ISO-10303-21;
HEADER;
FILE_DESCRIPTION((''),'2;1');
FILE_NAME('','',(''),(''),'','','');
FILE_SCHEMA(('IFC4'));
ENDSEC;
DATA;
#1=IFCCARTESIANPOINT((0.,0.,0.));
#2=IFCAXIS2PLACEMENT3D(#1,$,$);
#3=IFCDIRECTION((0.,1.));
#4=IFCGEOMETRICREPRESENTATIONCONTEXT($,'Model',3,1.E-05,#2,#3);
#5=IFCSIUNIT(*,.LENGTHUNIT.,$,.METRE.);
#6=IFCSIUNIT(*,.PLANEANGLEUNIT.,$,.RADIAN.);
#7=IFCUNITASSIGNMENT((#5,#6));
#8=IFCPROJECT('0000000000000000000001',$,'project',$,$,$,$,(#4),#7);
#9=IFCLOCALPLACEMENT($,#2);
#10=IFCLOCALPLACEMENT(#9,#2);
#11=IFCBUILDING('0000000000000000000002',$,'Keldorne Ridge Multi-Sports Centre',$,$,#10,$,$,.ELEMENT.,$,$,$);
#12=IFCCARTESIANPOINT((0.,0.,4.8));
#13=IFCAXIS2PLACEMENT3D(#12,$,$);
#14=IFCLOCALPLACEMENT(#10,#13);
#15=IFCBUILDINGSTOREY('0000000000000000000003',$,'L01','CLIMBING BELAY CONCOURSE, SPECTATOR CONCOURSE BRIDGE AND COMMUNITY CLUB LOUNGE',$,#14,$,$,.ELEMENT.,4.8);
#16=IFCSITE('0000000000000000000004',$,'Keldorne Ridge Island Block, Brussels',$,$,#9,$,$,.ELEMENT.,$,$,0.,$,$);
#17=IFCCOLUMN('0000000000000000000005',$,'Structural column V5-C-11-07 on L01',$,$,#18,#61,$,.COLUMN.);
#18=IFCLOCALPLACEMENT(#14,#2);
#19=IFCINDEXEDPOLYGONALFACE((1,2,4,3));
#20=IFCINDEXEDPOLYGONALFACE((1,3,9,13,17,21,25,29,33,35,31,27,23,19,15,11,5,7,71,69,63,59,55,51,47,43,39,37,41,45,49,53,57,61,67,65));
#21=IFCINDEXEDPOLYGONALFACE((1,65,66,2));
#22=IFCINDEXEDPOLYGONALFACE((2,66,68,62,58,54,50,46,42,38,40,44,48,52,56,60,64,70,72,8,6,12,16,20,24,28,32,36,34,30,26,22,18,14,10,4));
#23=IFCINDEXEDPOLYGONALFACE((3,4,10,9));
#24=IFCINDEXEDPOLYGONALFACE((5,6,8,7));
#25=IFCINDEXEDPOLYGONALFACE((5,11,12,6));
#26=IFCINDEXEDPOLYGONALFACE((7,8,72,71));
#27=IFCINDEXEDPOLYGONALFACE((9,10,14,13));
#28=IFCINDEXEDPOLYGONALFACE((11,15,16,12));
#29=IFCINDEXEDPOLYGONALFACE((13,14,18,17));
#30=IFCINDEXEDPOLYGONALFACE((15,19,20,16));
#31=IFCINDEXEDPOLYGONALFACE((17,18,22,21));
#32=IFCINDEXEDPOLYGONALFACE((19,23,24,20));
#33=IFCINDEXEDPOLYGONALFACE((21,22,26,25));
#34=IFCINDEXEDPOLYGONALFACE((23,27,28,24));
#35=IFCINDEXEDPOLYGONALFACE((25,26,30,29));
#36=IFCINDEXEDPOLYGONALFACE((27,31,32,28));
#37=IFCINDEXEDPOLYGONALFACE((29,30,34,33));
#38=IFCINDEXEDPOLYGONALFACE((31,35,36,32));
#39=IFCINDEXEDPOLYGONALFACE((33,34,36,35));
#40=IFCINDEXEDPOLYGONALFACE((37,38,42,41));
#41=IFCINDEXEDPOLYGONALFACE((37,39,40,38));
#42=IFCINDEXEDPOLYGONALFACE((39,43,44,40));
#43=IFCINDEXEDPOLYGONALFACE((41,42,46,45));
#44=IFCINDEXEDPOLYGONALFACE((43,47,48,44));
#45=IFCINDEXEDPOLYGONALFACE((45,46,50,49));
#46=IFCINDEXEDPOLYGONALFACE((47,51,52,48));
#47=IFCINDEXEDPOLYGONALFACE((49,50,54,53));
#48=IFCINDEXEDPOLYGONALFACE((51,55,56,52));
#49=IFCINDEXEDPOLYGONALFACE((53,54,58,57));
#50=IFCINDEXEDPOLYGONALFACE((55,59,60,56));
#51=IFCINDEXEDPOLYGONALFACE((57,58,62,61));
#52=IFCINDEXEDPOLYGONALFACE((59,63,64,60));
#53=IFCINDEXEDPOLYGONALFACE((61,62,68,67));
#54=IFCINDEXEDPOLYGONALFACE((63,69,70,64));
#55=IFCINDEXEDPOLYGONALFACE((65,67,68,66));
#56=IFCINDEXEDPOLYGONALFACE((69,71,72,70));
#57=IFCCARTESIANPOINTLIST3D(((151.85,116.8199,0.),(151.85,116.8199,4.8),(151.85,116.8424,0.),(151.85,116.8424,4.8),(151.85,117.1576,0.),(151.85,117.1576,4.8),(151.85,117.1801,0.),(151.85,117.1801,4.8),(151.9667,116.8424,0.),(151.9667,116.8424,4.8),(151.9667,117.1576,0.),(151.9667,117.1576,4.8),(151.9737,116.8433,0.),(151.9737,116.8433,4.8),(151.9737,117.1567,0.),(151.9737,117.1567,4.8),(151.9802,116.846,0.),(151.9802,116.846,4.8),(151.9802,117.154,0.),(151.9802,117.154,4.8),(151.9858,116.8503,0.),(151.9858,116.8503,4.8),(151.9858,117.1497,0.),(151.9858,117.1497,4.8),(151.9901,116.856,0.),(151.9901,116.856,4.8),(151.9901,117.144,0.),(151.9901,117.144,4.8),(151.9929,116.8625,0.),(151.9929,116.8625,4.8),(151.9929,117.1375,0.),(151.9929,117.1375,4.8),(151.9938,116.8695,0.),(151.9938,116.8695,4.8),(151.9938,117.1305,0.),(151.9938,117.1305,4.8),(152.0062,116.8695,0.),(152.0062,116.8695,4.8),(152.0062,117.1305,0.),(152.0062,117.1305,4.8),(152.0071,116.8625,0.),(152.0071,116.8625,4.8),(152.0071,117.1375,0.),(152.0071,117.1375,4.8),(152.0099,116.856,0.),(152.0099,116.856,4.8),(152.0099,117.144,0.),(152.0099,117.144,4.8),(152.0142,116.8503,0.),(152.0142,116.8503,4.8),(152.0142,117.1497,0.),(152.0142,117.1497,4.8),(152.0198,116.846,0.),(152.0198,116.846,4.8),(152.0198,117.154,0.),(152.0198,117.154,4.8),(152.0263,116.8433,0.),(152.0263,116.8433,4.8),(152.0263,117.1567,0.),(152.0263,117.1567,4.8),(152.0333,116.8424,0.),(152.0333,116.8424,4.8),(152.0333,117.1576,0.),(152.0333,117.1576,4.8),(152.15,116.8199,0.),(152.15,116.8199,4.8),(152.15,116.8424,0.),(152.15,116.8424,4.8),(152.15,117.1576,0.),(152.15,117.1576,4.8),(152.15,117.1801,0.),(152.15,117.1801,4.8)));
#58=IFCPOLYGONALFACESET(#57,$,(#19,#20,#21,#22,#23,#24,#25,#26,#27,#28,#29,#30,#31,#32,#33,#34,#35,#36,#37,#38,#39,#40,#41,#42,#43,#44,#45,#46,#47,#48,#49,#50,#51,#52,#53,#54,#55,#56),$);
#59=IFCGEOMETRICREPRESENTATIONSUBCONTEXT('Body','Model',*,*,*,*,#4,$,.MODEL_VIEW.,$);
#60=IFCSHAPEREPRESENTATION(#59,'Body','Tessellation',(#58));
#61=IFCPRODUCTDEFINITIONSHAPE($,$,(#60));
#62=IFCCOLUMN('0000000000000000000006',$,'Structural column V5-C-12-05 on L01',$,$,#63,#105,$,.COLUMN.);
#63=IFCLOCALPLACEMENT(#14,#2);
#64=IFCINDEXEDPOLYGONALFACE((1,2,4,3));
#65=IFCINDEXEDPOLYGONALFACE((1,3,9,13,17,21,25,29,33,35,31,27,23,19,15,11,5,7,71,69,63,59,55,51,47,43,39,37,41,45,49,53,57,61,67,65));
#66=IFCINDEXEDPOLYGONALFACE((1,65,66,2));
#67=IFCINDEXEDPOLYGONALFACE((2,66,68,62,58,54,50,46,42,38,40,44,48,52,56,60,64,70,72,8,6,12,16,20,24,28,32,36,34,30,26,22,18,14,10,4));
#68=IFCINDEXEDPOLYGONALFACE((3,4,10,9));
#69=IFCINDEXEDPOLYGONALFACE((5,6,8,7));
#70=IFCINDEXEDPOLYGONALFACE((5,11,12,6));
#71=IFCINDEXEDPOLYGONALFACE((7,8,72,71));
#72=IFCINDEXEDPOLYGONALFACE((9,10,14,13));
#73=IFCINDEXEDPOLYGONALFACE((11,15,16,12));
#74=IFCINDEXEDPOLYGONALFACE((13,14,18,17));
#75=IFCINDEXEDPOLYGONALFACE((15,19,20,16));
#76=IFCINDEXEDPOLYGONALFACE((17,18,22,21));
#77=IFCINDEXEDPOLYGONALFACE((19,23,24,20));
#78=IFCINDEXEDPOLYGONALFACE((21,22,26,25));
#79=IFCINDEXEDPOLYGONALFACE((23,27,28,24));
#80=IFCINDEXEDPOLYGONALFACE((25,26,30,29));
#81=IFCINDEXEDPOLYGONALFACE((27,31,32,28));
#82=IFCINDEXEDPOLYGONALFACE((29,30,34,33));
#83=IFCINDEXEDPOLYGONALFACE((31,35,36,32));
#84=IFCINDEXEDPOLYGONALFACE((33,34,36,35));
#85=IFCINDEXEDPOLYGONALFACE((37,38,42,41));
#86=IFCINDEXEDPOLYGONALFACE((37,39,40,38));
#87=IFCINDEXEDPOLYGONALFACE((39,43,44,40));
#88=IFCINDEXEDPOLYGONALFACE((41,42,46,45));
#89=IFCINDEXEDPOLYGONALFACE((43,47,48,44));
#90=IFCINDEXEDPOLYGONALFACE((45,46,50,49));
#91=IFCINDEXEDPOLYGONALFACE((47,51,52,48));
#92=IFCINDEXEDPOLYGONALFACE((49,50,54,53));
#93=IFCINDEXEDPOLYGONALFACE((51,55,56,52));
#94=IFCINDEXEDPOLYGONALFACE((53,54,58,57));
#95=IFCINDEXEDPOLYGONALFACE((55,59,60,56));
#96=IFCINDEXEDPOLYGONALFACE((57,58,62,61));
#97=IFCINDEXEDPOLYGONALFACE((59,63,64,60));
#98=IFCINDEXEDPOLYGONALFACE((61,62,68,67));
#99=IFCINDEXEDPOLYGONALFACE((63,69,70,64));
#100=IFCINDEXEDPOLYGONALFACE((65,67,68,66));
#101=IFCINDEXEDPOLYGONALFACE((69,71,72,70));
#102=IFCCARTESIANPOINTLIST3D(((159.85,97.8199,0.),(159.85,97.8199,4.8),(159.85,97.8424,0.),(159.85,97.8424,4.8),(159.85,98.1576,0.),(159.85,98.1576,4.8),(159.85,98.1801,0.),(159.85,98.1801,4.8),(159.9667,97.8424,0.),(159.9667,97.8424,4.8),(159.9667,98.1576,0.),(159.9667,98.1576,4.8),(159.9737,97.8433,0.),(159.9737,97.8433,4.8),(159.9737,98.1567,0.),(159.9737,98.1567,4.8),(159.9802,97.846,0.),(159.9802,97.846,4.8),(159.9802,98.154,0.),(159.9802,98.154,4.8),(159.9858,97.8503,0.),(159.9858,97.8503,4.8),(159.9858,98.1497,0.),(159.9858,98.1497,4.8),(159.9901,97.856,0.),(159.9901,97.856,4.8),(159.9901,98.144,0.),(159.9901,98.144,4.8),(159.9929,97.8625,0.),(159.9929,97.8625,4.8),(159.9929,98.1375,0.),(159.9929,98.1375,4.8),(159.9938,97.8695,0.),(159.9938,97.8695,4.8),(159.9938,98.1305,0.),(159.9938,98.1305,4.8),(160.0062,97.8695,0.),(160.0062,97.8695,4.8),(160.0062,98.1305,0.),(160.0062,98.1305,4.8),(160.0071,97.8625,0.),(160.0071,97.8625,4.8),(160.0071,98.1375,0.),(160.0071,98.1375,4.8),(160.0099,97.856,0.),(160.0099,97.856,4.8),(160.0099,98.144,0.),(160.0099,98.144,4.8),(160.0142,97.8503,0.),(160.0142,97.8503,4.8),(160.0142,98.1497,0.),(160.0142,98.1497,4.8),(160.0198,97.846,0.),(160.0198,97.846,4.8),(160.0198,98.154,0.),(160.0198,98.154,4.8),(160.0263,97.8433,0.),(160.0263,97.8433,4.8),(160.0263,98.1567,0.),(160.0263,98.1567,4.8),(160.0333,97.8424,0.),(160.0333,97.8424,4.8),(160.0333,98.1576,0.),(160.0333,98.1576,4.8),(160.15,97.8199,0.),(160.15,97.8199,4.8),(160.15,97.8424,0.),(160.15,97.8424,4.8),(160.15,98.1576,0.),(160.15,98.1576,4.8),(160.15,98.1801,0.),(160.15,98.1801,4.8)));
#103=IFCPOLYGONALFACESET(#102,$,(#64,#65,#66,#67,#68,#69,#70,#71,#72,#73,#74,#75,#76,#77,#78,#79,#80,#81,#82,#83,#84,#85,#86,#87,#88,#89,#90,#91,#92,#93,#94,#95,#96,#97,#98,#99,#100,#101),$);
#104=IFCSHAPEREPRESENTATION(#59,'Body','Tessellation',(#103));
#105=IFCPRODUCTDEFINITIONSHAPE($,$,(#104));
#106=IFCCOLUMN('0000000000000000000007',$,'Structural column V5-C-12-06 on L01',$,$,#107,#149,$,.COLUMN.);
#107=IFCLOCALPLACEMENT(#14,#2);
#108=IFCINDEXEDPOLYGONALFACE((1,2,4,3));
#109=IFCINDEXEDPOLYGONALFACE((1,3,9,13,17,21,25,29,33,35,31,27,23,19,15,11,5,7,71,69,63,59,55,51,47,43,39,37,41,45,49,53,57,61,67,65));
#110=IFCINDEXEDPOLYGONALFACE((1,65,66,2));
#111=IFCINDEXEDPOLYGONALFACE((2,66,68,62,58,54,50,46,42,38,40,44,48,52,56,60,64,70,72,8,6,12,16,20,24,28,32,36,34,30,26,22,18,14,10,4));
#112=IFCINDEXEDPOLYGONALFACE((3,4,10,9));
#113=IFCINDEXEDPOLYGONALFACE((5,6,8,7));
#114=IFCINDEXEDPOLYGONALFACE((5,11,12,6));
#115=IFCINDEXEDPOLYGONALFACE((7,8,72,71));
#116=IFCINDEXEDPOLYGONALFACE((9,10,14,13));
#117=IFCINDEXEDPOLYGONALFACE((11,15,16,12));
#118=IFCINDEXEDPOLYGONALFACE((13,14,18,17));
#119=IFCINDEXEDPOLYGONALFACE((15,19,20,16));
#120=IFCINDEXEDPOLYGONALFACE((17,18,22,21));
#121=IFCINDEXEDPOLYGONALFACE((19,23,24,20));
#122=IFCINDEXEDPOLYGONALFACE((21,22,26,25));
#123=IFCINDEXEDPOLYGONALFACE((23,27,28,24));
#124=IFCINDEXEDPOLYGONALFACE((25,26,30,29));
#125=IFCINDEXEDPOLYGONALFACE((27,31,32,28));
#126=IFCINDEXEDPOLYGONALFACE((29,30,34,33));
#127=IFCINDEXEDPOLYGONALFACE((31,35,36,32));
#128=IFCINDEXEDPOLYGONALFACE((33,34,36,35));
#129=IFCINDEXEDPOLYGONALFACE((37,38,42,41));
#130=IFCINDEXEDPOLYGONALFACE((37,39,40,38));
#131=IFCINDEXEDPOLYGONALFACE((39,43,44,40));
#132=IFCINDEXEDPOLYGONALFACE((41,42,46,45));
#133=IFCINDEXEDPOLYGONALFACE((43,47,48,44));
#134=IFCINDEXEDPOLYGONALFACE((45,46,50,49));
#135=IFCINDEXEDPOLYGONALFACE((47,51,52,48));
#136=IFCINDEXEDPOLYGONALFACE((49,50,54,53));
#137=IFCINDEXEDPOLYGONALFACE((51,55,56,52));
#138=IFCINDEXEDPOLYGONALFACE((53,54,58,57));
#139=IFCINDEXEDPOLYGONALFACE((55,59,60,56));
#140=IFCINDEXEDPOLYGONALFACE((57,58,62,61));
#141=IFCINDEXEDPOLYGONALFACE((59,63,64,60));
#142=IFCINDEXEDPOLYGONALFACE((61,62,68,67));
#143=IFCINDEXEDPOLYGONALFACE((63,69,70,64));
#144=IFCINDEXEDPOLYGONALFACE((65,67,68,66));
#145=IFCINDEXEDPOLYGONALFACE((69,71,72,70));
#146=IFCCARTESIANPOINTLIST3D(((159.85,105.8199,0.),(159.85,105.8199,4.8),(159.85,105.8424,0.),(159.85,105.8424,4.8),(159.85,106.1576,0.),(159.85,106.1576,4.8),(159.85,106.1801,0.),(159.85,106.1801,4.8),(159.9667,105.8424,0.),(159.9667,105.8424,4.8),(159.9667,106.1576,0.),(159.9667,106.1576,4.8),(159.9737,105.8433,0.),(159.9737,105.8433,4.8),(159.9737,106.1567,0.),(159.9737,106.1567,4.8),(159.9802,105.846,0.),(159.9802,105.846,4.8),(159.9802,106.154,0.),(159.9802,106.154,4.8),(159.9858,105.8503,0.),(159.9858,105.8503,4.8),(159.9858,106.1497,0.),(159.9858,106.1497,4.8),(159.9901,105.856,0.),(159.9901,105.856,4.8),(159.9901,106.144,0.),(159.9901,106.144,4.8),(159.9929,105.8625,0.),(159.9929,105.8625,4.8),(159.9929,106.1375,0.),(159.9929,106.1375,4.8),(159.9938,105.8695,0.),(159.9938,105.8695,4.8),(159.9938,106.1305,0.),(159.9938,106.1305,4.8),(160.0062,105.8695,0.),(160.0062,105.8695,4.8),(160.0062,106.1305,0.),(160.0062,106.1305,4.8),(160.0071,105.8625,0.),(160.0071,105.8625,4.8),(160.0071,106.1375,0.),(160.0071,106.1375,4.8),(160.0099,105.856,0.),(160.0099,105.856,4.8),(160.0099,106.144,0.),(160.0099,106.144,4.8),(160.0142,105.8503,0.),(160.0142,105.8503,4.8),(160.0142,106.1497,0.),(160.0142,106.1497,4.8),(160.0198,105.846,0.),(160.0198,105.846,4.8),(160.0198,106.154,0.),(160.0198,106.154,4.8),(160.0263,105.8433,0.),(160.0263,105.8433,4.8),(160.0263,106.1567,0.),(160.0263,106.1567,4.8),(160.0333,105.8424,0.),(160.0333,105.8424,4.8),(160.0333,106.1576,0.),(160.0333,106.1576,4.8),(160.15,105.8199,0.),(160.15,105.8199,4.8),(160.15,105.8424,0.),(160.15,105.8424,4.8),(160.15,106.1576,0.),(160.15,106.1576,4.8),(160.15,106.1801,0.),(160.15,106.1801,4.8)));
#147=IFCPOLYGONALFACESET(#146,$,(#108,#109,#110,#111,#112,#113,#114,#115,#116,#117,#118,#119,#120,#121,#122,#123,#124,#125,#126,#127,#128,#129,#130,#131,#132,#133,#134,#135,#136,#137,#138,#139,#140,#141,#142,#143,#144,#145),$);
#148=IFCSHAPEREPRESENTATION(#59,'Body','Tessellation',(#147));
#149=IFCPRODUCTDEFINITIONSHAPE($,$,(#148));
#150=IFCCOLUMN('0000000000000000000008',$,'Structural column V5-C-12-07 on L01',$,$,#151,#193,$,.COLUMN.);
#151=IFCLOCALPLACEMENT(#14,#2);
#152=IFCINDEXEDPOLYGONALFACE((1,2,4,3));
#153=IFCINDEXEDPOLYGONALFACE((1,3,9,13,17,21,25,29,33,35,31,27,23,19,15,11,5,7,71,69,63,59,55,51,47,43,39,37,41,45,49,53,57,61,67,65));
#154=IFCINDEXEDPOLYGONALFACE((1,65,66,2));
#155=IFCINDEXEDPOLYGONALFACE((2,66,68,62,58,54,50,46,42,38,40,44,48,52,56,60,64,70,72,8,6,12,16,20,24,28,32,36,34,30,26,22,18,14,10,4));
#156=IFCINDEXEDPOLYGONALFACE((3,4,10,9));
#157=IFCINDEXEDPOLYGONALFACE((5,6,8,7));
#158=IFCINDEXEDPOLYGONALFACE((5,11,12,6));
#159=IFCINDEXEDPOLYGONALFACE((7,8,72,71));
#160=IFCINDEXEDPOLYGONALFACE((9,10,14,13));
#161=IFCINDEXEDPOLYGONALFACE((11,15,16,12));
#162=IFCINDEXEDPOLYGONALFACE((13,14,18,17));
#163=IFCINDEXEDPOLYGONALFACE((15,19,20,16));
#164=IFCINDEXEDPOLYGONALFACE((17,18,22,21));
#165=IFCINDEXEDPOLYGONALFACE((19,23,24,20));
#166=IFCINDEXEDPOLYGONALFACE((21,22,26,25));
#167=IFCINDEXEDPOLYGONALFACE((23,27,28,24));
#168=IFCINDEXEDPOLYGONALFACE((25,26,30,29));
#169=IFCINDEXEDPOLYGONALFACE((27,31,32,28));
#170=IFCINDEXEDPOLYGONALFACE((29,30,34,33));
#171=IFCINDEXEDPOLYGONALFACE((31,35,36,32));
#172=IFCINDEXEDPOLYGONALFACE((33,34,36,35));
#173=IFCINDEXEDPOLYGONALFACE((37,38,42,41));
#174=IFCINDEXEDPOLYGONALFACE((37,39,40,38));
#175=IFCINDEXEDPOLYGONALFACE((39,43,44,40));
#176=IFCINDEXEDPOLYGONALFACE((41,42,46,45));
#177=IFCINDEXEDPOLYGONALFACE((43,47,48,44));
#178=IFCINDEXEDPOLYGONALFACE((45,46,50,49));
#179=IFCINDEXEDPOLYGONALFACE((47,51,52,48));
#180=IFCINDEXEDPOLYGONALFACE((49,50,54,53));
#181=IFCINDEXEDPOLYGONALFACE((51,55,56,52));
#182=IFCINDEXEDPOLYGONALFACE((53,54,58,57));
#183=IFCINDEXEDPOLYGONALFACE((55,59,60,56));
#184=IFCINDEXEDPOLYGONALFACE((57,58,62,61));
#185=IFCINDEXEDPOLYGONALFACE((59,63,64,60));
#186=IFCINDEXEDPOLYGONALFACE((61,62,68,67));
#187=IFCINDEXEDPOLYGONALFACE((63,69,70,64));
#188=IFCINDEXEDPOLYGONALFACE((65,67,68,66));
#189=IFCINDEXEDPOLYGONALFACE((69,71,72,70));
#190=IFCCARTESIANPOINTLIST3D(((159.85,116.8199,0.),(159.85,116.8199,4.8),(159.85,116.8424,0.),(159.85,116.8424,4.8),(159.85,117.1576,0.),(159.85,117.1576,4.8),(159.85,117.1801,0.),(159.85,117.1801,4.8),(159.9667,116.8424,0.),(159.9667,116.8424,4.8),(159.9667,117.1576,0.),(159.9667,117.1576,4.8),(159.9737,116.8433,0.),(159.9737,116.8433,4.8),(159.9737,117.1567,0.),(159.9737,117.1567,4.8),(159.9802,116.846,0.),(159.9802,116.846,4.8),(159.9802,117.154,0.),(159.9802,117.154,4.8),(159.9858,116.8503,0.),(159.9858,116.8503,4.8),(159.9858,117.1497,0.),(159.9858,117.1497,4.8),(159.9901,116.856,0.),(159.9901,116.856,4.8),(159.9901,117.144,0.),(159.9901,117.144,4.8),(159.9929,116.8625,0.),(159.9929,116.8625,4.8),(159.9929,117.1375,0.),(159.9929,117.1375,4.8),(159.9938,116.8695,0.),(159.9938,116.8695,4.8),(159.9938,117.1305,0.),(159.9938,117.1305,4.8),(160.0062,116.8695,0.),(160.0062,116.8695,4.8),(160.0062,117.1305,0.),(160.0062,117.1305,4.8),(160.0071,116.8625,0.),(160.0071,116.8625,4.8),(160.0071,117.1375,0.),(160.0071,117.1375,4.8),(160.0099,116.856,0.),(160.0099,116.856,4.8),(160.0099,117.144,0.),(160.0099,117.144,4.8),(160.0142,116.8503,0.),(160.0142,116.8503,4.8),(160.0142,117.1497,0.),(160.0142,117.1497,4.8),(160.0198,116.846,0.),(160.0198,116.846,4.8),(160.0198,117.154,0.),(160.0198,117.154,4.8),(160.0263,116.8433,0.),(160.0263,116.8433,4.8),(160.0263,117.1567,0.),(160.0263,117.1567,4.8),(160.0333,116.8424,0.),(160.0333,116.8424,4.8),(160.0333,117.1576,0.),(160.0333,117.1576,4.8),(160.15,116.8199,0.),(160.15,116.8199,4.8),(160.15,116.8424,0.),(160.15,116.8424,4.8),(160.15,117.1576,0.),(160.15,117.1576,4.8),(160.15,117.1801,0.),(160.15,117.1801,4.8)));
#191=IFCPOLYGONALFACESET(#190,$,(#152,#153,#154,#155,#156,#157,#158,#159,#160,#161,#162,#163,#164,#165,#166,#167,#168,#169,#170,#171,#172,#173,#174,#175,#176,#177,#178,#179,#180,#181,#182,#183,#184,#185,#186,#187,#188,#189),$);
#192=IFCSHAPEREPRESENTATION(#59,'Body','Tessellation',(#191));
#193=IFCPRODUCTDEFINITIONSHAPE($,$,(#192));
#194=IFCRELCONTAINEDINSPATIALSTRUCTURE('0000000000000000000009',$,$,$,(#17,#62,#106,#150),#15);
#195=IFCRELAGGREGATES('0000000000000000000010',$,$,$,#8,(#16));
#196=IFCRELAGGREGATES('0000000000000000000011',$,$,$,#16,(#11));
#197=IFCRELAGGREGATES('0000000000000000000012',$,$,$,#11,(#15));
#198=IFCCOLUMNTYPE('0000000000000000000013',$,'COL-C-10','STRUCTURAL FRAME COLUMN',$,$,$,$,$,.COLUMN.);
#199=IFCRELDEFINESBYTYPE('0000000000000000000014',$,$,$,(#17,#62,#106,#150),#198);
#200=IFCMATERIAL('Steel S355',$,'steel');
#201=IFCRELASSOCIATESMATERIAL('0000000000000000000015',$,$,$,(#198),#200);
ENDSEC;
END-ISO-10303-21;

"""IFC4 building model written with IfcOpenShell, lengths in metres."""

from ifc_helpers import new_model, si_unit, direction, frame, origin, origin_2d, place, context, subcontext, project, spatial, i_section, extrude, material, material_profile, profile_set, type_object, element, save


model = new_model("IFC4")

# Units and contexts
model_context = context("Model", 3, precision=1e-05, world=origin(), true_north=direction((0.0, 1.0)))
body_context = subcontext(model_context, "Body", "Model", "MODEL_VIEW")
ifc_project = project(units=[si_unit("LENGTHUNIT", "METRE"), si_unit("PLANEANGLEUNIT", "RADIAN")], contexts=[model_context])

# Site, building, storey
site_placement = place(None, origin())
site = spatial("IfcSite", under=ifc_project, at=site_placement, Name="Keldorne Ridge Island Block, Brussels", CompositionType="ELEMENT", RefElevation=0.0)
building_placement = place(site_placement, origin())
building = spatial("IfcBuilding", under=site, at=building_placement, Name="Keldorne Ridge Multi-Sports Centre", CompositionType="ELEMENT")
storey_placement = place(building_placement, frame((0.0, 0.0, 4.8)))
storey = spatial("IfcBuildingStorey", under=building, at=storey_placement, Name="L01", Description="CLIMBING BELAY CONCOURSE, SPECTATOR CONCOURSE BRIDGE AND COMMUNITY CLUB LOUNGE", CompositionType="ELEMENT", Elevation=4.8)

# Columns
ifc_material_1 = material(Name="Steel S355", Category="steel")
ifc_material_profile_1 = material_profile(ifc_material_1, i_section(OverallWidth=0.3, OverallDepth=0.3601, WebThickness=0.0125, FlangeThickness=0.0225, FilletRadius=0.0271, at=origin_2d()), Name="HEB 360")
ifc_profile_set_1 = profile_set([ifc_material_profile_1], Name="Steel S355")
column_type = type_object("IfcColumnType", Name="COL-C-10", Description="STRUCTURAL FRAME COLUMN", PredefinedType="COLUMN", material=ifc_profile_set_1)
for number, where, z_axis, x_axis, name in (
    (1, (152.0, 117.0, 0.0), (0.0, 0.0, 1.0), (1.0, 0.0, 0.0), "Structural column V5-C-11-07 on L01"),
    (2, (160.0, 98.0, 0.0), (0.0, 0.0, 1.0), (1.0, 0.0, 0.0), "Structural column V5-C-12-05 on L01"),
    (3, (160.0, 106.0, 0.0), (0.0, 0.0, 1.0), (1.0, 0.0, 0.0), "Structural column V5-C-12-06 on L01"),
    (4, (160.0, 117.0, 0.0), (0.0, 0.0, 1.0), (1.0, 0.0, 0.0), "Structural column V5-C-12-07 on L01"),
):
    element("IfcColumn", number, at=place(storey_placement, frame(where, z_axis=z_axis, x_axis=x_axis)), inside=storey, type_object=column_type, Name=name, PredefinedType="COLUMN", context=body_context, shape_type="SweptSolid", body=[
        extrude(i_section(OverallWidth=0.3, OverallDepth=0.3601, WebThickness=0.0125, FlangeThickness=0.0225, FilletRadius=0.0271, at=origin_2d()), origin(), (0.0, 0.0, 1.0), 4.8),
    ])

save(model, "model.ifc")
